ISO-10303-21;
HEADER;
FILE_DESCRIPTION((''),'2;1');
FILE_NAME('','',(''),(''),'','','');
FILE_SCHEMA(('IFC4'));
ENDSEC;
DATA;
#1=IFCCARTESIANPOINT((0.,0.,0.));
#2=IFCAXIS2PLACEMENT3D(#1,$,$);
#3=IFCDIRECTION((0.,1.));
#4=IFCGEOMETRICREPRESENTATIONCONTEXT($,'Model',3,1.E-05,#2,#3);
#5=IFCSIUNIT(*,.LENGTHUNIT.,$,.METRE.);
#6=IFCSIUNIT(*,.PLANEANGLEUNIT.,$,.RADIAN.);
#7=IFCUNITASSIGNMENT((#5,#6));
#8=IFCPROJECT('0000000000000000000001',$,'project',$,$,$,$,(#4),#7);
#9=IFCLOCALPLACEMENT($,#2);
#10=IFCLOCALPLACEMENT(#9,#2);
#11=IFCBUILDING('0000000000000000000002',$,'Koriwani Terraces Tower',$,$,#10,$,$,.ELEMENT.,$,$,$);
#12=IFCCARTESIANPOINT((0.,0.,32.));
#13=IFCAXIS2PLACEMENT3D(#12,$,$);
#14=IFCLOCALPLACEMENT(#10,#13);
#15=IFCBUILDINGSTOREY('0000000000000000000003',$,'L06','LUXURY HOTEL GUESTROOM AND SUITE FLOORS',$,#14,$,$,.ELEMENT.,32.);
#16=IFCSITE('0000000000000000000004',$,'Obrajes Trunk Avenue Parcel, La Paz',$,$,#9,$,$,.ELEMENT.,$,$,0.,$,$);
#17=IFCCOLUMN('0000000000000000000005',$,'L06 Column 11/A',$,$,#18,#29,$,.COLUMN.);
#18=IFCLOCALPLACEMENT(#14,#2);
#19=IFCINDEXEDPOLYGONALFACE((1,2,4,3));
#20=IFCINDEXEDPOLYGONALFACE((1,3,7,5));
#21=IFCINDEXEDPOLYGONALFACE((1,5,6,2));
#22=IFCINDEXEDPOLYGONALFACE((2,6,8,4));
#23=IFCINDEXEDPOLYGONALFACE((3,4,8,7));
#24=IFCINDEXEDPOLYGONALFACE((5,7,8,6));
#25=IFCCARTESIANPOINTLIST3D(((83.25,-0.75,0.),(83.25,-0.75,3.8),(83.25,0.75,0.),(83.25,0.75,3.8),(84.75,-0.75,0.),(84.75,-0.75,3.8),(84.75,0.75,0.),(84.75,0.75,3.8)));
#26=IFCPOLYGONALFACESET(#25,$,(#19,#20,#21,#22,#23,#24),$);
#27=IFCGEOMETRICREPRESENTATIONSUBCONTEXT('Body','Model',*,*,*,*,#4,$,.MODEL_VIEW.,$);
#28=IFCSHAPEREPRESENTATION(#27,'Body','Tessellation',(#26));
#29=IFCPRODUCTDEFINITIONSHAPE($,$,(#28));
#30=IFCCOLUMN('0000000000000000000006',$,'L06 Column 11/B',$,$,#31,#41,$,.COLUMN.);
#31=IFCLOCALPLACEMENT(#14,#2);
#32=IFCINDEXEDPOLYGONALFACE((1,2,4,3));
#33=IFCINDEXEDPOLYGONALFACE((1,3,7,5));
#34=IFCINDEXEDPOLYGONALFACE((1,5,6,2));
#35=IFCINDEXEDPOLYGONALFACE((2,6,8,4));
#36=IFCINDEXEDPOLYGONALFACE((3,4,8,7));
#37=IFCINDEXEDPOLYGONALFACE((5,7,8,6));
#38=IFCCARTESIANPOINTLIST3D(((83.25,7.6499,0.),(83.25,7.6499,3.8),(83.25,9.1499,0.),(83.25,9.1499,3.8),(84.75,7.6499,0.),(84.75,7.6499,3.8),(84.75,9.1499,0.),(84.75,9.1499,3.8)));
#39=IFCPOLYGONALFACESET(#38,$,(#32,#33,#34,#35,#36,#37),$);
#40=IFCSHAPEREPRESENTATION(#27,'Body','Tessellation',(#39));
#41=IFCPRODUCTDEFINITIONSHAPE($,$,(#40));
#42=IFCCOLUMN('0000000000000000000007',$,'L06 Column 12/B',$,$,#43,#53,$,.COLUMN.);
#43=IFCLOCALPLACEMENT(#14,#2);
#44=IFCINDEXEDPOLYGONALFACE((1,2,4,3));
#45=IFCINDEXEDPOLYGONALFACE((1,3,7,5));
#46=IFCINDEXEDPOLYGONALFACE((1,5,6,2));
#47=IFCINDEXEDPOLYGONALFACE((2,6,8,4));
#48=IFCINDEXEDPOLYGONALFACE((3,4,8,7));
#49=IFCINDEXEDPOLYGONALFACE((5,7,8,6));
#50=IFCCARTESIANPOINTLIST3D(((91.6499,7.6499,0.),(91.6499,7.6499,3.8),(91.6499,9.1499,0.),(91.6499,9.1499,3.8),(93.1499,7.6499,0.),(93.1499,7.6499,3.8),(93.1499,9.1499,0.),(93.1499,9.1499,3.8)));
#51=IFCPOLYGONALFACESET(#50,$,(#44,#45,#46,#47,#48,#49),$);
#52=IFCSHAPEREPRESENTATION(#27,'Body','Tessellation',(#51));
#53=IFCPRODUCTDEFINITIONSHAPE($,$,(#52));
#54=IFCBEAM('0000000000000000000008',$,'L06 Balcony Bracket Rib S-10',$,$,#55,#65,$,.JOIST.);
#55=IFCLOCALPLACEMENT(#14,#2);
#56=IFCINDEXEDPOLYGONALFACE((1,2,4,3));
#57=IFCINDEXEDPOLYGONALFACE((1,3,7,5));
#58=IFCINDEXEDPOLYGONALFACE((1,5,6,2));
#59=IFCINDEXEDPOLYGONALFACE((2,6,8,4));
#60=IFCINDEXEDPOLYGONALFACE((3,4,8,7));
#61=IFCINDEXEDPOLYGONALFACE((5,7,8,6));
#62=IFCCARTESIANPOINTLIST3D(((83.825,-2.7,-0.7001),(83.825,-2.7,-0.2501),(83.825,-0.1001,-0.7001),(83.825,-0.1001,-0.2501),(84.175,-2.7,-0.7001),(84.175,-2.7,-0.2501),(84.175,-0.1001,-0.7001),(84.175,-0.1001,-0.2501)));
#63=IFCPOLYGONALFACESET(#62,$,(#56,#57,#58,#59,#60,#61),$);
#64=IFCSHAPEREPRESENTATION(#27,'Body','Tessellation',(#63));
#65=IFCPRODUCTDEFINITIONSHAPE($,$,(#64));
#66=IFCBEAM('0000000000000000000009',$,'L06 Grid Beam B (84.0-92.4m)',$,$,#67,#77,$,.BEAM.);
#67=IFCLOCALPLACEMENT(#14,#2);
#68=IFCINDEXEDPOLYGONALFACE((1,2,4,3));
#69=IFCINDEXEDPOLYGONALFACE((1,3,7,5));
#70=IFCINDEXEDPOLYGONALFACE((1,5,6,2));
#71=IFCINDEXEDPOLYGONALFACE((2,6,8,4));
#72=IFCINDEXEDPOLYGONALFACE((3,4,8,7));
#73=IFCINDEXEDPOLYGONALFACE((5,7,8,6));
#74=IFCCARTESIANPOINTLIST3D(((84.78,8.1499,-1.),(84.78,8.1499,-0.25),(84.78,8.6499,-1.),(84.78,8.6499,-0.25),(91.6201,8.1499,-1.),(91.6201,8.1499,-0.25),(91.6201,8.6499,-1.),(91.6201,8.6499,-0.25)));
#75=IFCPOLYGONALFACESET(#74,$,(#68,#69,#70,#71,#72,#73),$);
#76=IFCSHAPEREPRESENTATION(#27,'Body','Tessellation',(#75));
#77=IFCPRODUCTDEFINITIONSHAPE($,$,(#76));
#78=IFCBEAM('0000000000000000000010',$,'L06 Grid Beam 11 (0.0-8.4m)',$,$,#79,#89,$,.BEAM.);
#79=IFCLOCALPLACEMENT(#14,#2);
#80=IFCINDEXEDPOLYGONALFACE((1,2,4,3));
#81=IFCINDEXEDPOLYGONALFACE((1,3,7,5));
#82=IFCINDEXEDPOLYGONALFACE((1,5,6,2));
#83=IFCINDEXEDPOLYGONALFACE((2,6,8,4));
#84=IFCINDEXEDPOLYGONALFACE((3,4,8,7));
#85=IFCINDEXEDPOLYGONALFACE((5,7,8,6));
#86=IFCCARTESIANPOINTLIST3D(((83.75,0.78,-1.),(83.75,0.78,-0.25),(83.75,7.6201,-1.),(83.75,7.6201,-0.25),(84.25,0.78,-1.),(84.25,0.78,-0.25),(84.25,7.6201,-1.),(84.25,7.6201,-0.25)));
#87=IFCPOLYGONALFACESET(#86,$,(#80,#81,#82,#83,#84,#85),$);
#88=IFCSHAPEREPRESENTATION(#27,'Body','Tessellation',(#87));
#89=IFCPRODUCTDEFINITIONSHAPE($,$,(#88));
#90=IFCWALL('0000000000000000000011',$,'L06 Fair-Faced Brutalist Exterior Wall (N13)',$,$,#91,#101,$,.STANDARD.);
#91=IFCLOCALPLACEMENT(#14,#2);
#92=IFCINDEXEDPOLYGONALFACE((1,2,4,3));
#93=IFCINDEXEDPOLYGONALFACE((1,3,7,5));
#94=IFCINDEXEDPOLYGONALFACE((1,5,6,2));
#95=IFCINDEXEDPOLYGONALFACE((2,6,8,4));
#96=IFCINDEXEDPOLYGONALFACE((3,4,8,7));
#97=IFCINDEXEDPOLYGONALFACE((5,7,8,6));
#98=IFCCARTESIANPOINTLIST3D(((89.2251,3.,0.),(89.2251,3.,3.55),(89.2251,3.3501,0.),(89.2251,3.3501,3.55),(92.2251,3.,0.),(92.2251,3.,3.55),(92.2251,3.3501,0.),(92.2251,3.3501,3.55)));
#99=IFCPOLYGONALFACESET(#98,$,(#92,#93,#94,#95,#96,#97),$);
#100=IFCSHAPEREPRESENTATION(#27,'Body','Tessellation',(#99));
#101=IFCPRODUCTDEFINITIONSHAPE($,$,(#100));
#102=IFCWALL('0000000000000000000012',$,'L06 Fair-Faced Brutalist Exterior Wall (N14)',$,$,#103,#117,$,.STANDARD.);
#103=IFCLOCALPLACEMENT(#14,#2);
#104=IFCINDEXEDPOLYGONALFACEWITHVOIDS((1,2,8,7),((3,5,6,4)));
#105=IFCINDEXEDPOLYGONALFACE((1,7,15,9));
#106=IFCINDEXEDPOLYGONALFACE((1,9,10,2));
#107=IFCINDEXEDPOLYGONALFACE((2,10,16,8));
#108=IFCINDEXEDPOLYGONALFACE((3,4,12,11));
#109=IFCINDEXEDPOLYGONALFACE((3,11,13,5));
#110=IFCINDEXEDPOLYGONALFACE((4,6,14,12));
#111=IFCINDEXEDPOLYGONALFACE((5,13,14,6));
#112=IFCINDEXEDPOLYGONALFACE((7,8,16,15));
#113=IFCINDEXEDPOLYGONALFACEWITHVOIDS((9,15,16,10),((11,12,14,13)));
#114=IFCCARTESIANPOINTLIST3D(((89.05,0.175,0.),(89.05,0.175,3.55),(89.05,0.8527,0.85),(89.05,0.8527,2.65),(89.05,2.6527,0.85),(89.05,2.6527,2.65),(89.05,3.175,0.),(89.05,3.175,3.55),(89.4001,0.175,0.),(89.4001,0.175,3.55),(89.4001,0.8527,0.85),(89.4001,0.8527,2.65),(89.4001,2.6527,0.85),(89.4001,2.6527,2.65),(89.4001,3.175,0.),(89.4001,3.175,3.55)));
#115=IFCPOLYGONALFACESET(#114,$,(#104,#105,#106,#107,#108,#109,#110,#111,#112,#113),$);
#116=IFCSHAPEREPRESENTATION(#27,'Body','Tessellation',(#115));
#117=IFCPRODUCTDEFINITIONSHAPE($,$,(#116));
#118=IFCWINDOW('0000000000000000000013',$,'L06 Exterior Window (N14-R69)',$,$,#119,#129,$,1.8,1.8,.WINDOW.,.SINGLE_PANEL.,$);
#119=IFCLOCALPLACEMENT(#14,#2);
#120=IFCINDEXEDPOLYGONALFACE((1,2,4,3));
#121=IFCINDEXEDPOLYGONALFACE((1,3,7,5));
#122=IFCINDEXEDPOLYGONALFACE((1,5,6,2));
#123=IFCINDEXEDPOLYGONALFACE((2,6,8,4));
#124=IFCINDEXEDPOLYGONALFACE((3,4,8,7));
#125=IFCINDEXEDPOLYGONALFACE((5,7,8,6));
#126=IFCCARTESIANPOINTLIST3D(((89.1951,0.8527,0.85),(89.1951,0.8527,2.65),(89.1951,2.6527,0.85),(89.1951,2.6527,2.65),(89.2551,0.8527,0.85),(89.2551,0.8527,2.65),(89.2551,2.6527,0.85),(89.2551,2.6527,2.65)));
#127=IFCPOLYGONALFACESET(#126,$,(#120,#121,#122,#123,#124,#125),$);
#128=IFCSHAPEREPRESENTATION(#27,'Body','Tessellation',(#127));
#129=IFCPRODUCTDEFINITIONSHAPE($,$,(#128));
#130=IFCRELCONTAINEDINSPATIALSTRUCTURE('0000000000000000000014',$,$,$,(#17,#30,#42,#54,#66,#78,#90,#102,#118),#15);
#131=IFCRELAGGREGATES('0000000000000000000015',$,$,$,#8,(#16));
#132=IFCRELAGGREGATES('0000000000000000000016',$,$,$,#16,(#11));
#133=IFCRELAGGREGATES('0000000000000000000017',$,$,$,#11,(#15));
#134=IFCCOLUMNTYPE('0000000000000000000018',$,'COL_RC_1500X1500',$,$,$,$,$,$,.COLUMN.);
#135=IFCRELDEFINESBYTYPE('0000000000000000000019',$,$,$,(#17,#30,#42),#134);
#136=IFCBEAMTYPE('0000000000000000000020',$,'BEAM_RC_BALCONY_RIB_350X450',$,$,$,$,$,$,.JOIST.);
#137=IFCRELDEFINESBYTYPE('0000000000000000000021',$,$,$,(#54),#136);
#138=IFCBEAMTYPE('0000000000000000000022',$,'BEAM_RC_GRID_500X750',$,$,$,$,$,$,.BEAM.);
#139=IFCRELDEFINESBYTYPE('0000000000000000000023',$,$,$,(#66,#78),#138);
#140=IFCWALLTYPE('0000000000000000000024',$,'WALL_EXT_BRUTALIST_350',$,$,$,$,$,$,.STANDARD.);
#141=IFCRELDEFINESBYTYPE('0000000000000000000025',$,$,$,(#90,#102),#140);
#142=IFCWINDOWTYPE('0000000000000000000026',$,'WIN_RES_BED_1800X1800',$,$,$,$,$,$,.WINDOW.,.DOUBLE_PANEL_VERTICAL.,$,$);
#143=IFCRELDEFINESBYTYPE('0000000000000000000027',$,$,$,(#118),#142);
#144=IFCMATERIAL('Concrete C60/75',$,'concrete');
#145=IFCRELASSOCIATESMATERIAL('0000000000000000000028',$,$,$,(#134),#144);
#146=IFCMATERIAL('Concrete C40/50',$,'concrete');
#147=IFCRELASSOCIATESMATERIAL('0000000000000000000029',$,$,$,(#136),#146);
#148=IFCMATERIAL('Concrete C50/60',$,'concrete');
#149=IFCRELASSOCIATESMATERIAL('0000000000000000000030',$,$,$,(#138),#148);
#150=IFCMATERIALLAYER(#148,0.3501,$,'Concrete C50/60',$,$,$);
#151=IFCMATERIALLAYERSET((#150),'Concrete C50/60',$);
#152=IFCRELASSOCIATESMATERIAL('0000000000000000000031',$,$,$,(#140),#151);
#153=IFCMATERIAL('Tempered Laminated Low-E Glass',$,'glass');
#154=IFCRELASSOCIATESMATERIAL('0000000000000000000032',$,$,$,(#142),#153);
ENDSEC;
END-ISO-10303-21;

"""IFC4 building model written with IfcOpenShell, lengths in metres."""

from ifc_helpers import new_model, si_unit, direction, frame, frame_2d, origin, origin_2d, place, context, subcontext, project, spatial, rectangle, extrude, material, layer, layer_set, material_profile, profile_set, type_object, element, fill, save


model = new_model("IFC4")

# Units and contexts
model_context = context("Model", 3, precision=1e-05, world=origin(), true_north=direction((0.0, 1.0)))
body_context = subcontext(model_context, "Body", "Model", "MODEL_VIEW")
ifc_project = project(units=[si_unit("LENGTHUNIT", "METRE"), si_unit("PLANEANGLEUNIT", "RADIAN")], contexts=[model_context])

# Site, building, storey
site_placement = place(None, origin())
site = spatial("IfcSite", under=ifc_project, at=site_placement, Name="Obrajes Trunk Avenue Parcel, La Paz", CompositionType="ELEMENT", RefElevation=0.0)
building_placement = place(site_placement, origin())
building = spatial("IfcBuilding", under=site, at=building_placement, Name="Koriwani Terraces Tower", CompositionType="ELEMENT")
storey_placement = place(building_placement, frame((0.0, 0.0, 32.0)))
storey = spatial("IfcBuildingStorey", under=building, at=storey_placement, Name="L06", Description="LUXURY HOTEL GUESTROOM AND SUITE FLOORS", CompositionType="ELEMENT", Elevation=32.0)

# Columns
ifc_material_1 = material(Name="Concrete C60/75", Category="concrete")
ifc_material_profile_1 = material_profile(ifc_material_1, rectangle(XDim=1.5, YDim=1.5, at=origin_2d()), Name="Concrete C60/75", Category="LoadBearing")
ifc_profile_set_1 = profile_set([ifc_material_profile_1], Name="Concrete C60/75")
column_type = type_object("IfcColumnType", Name="COL_RC_1500X1500", PredefinedType="COLUMN", material=ifc_profile_set_1)
for number, where, z_axis, x_axis, name in (
    (1, (84.0, 0.0, 0.0), (0.0, 0.0, 1.0), (1.0, 0.0, 0.0), "L06 Column 11/A"),
    (2, (84.0, 8.3999, 0.0), (0.0, 0.0, 1.0), (1.0, 0.0, 0.0), "L06 Column 11/B"),
    (3, (92.3999, 8.3999, 0.0), (0.0, 0.0, 1.0), (1.0, 0.0, 0.0), "L06 Column 12/B"),
):
    element("IfcColumn", number, at=place(storey_placement, frame(where, z_axis=z_axis, x_axis=x_axis)), inside=storey, type_object=column_type, Name=name, PredefinedType="COLUMN", context=body_context, shape_type="SweptSolid", body=[
        extrude(rectangle(XDim=1.5, YDim=1.5, at=origin_2d()), origin(), (0.0, 0.0, 1.0), 3.8),
    ])

# Beams
ifc_material_2 = material(Name="Concrete C40/50", Category="concrete")
ifc_material_profile_2 = material_profile(ifc_material_2, rectangle(XDim=0.3501, YDim=0.45, at=origin_2d()), Name="Concrete C40/50", Category="LoadBearing")
ifc_profile_set_2 = profile_set([ifc_material_profile_2], Name="Concrete C40/50")
beam_type_1 = type_object("IfcBeamType", Name="BEAM_RC_BALCONY_RIB_350X450", PredefinedType="JOIST", material=ifc_profile_set_2)
beam_placement = place(storey_placement, frame((84.0, -2.7, -0.4751), z_axis=(0.0, 1.0, 0.0), x_axis=(-1.0, 0.0, 0.0)))
element("IfcBeam", 4, at=beam_placement, inside=storey, type_object=beam_type_1, Name="L06 Balcony Bracket Rib S-10", PredefinedType="JOIST", context=body_context, shape_type="SweptSolid", body=[
    extrude(rectangle(XDim=0.3501, YDim=0.45, at=origin_2d()), origin(), (0.0, 0.0, 1.0), 2.5999),
])
ifc_material_3 = material(Name="Concrete C50/60", Category="concrete")
ifc_material_profile_3 = material_profile(ifc_material_3, rectangle(XDim=0.5, YDim=0.75, at=origin_2d()), Name="Concrete C50/60", Category="LoadBearing")
ifc_profile_set_3 = profile_set([ifc_material_profile_3], Name="Concrete C50/60")
beam_type_2 = type_object("IfcBeamType", Name="BEAM_RC_GRID_500X750", PredefinedType="BEAM", material=ifc_profile_set_3)
for number, where, z_axis, x_axis, name in (
    (5, (84.78, 8.3999, -0.625), (1.0, 0.0, 0.0), (0.0, 1.0, 0.0), "L06 Grid Beam B (84.0-92.4m)"),
    (6, (84.0, 0.78, -0.625), (0.0, 1.0, 0.0), (-1.0, 0.0, 0.0), "L06 Grid Beam 11 (0.0-8.4m)"),
):
    element("IfcBeam", number, at=place(storey_placement, frame(where, z_axis=z_axis, x_axis=x_axis)), inside=storey, type_object=beam_type_2, Name=name, PredefinedType="BEAM", context=body_context, shape_type="SweptSolid", body=[
        extrude(rectangle(XDim=0.5, YDim=0.75, at=origin_2d()), origin(), (0.0, 0.0, 1.0), 6.8401),
    ])

# Wall
ifc_layer_1 = layer(ifc_material_3, 0.3501, Name="Concrete C50/60")
ifc_layer_set_1 = layer_set([ifc_layer_1], Name="Concrete C50/60")
wall_type_1 = type_object("IfcWallType", Name="WALL_EXT_BRUTALIST_350", PredefinedType="STANDARD", material=ifc_layer_set_1)
wall_1_placement = place(storey_placement, frame((92.2251, 3.175, 0.0), z_axis=(0.0, 0.0, 1.0), x_axis=(-1.0, 0.0, 0.0)))
element("IfcWall", 7, at=wall_1_placement, inside=storey, type_object=wall_type_1, Name="L06 Fair-Faced Brutalist Exterior Wall (N13)", PredefinedType="STANDARD", context=body_context, shape_type="SweptSolid", body=[
    extrude(rectangle(XDim=3.0, YDim=0.3501, at=frame_2d((1.5, 0.0))), origin(), (0.0, 0.0, 1.0), 3.55),
])

# Wall, opening, window
wall_2_placement = place(storey_placement, frame((89.2251, 3.175, 0.0), z_axis=(0.0, 0.0, 1.0), x_axis=(0.0, -1.0, 0.0)))
wall_2 = element("IfcWall", 8, at=wall_2_placement, inside=storey, type_object=wall_type_1, Name="L06 Fair-Faced Brutalist Exterior Wall (N14)", PredefinedType="STANDARD", context=body_context, shape_type="SweptSolid", body=[
    extrude(rectangle(XDim=3.0, YDim=0.3501, at=frame_2d((1.5, 0.0))), origin(), (0.0, 0.0, 1.0), 3.55),
])
opening_1_placement = place(wall_2_placement, frame((0.5225, 0.0, 0.8501)))
opening_1 = element("IfcOpeningElement", 9, at=opening_1_placement, cuts=wall_2, PredefinedType="OPENING", context=body_context, shape_type="SweptSolid", body=[
    extrude(rectangle(XDim=1.8, YDim=1.8, at=frame_2d((0.8999, 0.8999))), frame((0.0, 0.1851, 0.0), z_axis=(0.0, -1.0, 0.0), x_axis=(1.0, 0.0, 0.0)), (0.0, 0.0, 1.0), 0.3701),
])
ifc_material_4 = material(Name="Tempered Laminated Low-E Glass", Category="glass")
window_type_1 = type_object("IfcWindowType", Name="WIN_RES_BED_1800X1800", PartitioningType="DOUBLE_PANEL_VERTICAL", PredefinedType="WINDOW", material=ifc_material_4)
window_1_placement = place(opening_1_placement, origin())
window_1 = element("IfcWindow", 10, at=window_1_placement, inside=storey, type_object=window_type_1, Name="L06 Exterior Window (N14-R69)", OverallHeight=1.8, OverallWidth=1.8, PartitioningType="SINGLE_PANEL", PredefinedType="WINDOW", context=body_context, shape_type="SweptSolid", body=[
    extrude(rectangle(XDim=1.8, YDim=1.8, at=frame_2d((0.8999, 0.8999))), frame((0.0, 0.03, 0.0), z_axis=(0.0, -1.0, 0.0), x_axis=(1.0, 0.0, 0.0)), (0.0, 0.0, 1.0), 0.0601),
])
fill(opening_1, window_1)

save(model, "model.ifc")
